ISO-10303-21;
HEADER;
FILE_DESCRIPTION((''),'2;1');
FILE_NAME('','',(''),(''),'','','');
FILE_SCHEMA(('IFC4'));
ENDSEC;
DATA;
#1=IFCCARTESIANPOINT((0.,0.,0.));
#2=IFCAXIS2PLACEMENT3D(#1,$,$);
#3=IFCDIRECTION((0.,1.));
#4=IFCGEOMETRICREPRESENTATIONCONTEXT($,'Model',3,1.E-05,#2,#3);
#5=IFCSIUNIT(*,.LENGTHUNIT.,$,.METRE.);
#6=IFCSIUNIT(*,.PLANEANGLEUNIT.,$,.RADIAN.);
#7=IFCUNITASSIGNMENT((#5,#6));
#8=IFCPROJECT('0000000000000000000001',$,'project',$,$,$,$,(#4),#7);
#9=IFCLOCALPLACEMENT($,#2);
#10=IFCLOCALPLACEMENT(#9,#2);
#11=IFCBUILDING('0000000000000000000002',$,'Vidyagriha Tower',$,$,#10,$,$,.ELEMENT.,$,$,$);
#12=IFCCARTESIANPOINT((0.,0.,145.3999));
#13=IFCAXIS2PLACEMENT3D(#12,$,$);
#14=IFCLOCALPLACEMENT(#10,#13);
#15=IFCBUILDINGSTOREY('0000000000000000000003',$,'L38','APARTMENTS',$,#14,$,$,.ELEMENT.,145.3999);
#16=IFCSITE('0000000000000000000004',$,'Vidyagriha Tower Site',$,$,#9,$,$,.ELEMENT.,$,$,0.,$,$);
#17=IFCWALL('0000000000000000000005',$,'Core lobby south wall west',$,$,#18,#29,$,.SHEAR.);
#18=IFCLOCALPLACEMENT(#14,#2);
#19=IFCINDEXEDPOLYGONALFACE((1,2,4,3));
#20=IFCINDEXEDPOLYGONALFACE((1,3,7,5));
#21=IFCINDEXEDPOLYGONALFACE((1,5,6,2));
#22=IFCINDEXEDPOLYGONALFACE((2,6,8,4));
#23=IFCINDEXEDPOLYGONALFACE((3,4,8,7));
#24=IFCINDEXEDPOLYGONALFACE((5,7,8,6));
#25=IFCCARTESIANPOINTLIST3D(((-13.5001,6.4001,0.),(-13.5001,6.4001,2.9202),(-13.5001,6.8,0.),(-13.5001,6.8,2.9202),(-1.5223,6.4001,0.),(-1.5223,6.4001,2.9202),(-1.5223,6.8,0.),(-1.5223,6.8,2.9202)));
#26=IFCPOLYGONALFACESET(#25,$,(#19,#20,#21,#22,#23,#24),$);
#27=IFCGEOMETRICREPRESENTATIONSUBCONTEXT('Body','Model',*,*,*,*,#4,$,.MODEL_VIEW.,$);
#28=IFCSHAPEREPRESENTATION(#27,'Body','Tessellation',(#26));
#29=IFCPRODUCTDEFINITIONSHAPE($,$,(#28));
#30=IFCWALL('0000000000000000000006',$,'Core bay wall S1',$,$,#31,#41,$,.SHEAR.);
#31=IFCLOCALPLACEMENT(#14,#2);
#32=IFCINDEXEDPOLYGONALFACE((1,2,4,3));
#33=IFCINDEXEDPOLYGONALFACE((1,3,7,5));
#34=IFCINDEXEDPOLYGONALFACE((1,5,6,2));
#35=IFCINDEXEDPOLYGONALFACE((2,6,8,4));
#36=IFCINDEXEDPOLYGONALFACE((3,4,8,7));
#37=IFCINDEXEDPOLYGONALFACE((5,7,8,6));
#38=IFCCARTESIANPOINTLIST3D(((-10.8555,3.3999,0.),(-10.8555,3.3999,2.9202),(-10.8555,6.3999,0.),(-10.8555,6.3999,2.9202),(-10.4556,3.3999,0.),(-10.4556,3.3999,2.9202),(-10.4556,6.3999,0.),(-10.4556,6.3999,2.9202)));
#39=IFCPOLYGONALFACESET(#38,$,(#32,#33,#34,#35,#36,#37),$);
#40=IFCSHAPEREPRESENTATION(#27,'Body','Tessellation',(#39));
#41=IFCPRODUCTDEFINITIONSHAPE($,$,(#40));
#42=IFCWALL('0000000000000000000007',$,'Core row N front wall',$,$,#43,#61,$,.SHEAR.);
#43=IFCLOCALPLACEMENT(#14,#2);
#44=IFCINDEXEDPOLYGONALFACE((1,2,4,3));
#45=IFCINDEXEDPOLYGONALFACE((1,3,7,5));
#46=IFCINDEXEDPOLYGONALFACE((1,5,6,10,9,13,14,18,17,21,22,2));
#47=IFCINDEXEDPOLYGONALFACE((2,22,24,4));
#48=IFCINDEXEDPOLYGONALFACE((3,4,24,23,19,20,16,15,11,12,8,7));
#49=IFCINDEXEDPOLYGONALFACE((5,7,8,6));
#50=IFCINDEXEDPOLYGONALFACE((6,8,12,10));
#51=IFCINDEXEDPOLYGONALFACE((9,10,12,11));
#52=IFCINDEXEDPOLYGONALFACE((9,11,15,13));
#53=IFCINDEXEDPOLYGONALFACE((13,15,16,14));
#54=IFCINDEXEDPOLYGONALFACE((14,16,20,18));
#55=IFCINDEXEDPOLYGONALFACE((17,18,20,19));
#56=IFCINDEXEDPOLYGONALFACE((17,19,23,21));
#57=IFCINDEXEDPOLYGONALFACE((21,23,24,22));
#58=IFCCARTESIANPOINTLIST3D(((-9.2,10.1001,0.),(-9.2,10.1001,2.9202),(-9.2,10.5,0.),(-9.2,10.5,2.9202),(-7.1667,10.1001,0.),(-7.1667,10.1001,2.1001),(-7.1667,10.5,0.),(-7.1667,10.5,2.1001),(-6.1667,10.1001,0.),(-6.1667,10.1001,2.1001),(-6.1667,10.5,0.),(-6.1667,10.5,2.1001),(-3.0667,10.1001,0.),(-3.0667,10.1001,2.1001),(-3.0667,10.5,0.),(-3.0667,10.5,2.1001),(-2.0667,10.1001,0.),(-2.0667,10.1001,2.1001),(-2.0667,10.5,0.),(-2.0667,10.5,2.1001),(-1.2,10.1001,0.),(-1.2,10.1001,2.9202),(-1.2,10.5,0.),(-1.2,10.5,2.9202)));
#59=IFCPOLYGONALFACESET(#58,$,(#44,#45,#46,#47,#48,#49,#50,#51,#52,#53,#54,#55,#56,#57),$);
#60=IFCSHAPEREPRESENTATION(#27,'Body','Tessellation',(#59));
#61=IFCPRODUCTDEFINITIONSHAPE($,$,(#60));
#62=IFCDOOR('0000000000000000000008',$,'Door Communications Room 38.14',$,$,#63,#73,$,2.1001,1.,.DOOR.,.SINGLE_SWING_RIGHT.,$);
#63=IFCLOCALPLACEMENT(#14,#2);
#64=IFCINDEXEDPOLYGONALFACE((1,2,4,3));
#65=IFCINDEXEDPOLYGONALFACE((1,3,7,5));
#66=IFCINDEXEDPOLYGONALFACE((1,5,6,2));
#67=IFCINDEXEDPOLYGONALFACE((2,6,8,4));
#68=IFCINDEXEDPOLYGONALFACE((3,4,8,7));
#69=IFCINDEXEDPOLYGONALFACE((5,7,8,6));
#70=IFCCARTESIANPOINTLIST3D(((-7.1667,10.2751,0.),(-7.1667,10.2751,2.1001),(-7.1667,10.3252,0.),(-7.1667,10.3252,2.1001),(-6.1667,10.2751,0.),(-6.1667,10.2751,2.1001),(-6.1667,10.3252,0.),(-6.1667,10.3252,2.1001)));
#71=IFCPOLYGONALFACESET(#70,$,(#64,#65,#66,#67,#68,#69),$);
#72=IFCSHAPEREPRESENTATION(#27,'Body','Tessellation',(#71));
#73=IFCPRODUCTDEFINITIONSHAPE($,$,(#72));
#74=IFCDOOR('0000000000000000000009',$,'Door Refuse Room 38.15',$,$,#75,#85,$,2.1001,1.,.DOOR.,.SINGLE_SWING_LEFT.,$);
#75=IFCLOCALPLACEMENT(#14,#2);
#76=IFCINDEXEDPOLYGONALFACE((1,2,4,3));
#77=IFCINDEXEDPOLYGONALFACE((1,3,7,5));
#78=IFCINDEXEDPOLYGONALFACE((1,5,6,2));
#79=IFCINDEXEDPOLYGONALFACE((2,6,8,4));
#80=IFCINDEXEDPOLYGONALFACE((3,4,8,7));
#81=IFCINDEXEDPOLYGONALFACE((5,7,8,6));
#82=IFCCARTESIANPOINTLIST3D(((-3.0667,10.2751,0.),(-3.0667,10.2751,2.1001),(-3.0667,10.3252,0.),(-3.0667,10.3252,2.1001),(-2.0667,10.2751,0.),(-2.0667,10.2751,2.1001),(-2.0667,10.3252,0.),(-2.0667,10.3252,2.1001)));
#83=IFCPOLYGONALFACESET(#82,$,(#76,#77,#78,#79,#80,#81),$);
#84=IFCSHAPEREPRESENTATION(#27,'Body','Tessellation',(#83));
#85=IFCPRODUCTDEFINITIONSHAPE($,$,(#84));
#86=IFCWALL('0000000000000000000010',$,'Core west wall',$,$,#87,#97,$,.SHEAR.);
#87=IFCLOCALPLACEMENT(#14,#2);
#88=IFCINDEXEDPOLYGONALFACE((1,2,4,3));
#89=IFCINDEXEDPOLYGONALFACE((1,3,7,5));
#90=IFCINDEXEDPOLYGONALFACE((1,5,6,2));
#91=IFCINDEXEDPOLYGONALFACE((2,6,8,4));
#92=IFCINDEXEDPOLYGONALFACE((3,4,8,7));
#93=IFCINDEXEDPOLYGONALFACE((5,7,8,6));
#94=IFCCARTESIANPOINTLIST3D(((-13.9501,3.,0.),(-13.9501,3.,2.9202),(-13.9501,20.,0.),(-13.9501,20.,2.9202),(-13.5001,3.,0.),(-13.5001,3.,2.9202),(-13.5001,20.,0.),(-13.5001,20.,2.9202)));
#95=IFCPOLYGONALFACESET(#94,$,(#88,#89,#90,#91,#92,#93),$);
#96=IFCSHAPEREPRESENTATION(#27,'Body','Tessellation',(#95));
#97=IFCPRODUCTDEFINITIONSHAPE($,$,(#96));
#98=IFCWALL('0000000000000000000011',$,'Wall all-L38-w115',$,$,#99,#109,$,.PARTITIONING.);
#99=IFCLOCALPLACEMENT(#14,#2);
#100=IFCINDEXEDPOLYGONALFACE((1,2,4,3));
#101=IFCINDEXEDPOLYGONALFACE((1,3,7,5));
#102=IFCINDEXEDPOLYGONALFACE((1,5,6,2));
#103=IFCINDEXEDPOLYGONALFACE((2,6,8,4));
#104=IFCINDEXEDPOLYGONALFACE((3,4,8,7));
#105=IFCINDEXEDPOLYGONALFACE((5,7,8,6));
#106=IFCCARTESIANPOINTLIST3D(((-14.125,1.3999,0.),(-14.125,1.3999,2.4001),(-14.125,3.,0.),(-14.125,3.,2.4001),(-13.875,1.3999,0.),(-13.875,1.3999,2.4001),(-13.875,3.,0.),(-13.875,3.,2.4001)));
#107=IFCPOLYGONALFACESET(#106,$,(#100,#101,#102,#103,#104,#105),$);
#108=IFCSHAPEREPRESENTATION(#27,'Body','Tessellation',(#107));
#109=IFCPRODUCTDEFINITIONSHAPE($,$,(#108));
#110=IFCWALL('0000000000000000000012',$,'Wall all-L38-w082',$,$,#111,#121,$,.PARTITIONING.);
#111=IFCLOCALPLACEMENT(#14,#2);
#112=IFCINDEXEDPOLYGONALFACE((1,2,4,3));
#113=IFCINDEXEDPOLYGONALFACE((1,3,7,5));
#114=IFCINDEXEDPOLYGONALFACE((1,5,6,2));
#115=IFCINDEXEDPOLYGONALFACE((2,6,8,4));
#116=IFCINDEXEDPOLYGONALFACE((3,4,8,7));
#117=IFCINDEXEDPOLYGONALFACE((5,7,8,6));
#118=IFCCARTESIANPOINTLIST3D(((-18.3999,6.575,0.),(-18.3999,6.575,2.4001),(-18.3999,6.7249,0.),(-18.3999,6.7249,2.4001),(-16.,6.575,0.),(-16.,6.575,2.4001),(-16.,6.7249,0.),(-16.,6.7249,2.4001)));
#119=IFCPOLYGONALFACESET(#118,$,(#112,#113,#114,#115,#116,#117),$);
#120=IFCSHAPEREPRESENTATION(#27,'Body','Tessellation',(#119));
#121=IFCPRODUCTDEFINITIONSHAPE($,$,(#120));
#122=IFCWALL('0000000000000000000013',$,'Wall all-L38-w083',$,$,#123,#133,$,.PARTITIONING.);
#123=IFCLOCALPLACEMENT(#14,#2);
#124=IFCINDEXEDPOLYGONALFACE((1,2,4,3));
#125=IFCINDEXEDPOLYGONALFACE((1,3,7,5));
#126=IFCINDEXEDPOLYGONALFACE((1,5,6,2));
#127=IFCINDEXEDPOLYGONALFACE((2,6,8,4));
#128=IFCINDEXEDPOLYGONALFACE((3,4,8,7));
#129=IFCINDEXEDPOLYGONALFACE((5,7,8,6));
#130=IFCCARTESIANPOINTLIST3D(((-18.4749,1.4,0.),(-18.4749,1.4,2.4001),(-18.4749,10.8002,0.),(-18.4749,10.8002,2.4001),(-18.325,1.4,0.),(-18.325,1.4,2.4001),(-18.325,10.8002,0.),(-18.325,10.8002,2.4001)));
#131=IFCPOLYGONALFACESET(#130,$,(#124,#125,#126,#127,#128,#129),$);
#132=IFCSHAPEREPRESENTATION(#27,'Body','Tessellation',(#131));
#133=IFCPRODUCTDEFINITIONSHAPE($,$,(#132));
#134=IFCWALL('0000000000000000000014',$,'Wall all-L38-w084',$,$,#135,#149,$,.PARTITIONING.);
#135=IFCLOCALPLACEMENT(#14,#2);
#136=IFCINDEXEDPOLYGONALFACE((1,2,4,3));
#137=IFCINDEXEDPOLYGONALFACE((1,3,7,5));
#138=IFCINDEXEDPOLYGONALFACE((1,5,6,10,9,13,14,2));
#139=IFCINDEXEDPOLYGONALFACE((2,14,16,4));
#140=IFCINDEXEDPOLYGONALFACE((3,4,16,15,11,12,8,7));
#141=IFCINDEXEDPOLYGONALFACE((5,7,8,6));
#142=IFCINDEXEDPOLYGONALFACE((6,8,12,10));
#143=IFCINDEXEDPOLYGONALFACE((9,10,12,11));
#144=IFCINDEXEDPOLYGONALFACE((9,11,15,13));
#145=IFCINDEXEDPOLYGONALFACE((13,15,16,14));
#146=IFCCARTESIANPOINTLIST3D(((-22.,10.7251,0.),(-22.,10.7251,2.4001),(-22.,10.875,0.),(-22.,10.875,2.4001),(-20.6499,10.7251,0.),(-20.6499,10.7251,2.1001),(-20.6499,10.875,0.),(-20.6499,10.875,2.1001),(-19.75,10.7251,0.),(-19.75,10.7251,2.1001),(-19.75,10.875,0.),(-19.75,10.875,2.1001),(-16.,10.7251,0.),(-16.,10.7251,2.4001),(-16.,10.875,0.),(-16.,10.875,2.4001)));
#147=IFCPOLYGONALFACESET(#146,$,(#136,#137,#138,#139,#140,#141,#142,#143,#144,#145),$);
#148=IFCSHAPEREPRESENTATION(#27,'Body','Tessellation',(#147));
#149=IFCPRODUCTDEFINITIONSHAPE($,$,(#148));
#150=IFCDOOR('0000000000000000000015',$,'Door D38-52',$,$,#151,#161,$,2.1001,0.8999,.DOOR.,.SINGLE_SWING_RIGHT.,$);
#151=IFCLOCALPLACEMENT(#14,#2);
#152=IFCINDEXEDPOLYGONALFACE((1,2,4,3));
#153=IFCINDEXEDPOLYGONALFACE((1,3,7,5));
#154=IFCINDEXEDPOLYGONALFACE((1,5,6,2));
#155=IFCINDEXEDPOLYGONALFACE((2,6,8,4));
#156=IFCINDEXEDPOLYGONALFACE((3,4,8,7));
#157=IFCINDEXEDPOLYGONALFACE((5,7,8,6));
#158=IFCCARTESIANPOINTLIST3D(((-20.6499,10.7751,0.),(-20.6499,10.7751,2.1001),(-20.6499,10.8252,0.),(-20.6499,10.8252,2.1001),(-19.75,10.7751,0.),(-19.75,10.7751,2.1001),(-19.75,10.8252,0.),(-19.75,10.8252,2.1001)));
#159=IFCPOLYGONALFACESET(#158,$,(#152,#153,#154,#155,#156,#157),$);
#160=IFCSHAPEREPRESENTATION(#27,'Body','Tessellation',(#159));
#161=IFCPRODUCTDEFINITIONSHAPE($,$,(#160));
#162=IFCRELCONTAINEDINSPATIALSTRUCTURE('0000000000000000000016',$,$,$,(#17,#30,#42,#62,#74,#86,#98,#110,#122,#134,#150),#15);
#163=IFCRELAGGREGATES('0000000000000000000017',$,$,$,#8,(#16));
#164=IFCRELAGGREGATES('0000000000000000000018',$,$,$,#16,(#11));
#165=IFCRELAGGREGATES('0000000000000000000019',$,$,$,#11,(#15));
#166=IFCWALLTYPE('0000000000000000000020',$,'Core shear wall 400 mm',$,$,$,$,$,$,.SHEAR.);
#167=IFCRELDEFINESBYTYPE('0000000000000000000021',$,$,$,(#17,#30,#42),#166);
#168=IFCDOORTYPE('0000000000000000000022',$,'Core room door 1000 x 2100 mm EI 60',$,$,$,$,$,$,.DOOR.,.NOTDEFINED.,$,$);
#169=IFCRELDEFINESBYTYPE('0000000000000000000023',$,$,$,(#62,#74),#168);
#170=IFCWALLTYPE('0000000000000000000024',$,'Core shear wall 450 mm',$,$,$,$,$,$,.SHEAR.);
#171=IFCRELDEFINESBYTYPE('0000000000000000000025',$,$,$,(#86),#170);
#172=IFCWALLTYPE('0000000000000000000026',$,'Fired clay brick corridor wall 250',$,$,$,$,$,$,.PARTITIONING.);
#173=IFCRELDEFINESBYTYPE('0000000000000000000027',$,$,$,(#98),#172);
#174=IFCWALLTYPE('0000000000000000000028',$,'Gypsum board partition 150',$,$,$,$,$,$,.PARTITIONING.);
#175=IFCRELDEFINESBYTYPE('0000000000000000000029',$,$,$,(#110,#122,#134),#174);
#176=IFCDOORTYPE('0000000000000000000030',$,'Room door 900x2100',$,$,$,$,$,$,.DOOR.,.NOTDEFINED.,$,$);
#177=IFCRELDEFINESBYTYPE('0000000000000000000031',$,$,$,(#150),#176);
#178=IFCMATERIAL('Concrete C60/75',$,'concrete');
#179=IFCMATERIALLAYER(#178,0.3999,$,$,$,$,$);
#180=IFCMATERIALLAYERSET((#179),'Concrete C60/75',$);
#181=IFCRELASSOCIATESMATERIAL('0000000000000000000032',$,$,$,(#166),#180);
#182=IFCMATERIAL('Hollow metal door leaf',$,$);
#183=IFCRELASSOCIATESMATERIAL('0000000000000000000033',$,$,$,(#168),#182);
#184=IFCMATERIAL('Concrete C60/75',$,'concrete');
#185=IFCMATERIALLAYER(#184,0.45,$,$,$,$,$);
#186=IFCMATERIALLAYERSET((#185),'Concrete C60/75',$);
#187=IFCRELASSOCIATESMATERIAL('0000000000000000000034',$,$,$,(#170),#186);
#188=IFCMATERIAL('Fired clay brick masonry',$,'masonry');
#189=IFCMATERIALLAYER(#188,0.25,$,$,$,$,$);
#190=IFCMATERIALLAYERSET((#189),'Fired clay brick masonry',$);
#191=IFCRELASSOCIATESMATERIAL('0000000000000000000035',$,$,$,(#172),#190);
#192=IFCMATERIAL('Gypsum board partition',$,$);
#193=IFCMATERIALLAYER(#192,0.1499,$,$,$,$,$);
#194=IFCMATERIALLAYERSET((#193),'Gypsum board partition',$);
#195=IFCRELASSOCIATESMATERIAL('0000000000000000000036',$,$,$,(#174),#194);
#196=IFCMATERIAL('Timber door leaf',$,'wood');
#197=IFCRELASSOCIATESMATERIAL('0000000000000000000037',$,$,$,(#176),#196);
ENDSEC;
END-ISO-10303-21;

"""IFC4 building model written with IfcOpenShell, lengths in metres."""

from ifc_helpers import new_model, si_unit, direction, frame, frame_2d, origin, place, context, subcontext, project, spatial, rectangle, extrude, material, layer, layer_set, type_object, element, fill, save


model = new_model("IFC4")

# Units and contexts
model_context = context("Model", 3, precision=1e-05, world=origin(), true_north=direction((0.0, 1.0)))
body_context = subcontext(model_context, "Body", "Model", "MODEL_VIEW")
ifc_project = project(units=[si_unit("LENGTHUNIT", "METRE"), si_unit("PLANEANGLEUNIT", "RADIAN")], contexts=[model_context])

# Site, building, storey
site_placement = place(None, origin())
site = spatial("IfcSite", under=ifc_project, at=site_placement, Name="Vidyagriha Tower Site", CompositionType="ELEMENT", RefElevation=0.0)
building_placement = place(site_placement, origin())
building = spatial("IfcBuilding", under=site, at=building_placement, Name="Vidyagriha Tower", CompositionType="ELEMENT")
storey_placement = place(building_placement, frame((0.0, 0.0, 145.3999)))
storey = spatial("IfcBuildingStorey", under=building, at=storey_placement, Name="L38", Description="APARTMENTS", CompositionType="ELEMENT", Elevation=145.3999)

# Shared definitions
ifc_material_1 = material(Name="Concrete C60/75", Category="concrete")
ifc_layer_1 = layer(ifc_material_1, 0.3999)
ifc_layer_set_1 = layer_set([ifc_layer_1], Name="Concrete C60/75")
wall_type_1 = type_object("IfcWallType", Name="Core shear wall 400 mm", PredefinedType="SHEAR", material=ifc_layer_set_1)
ifc_material_2 = material(Name="Hollow metal door leaf")
door_type_1 = type_object("IfcDoorType", Name="Core room door 1000 x 2100 mm EI 60", OperationType="NOTDEFINED", PredefinedType="DOOR", material=ifc_material_2)

# Walls
wall_1_placement = place(storey_placement, frame((-13.5, 6.6001, 0.0)))
element("IfcWall", 1, at=wall_1_placement, inside=storey, type_object=wall_type_1, Name="Core lobby south wall west", PredefinedType="SHEAR", context=body_context, shape_type="SweptSolid", body=[
    extrude(rectangle(XDim=11.9778, YDim=0.3999, at=frame_2d((5.9888, 0.0))), origin(), (0.0, 0.0, 1.0), 2.9202),
])
wall_2_placement = place(storey_placement, frame((-10.6555, 3.3999, 0.0), z_axis=(0.0, 0.0, 1.0), x_axis=(0.0, 1.0, 0.0)))
element("IfcWall", 2, at=wall_2_placement, inside=storey, type_object=wall_type_1, Name="Core bay wall S1", PredefinedType="SHEAR", context=body_context, shape_type="SweptSolid", body=[
    extrude(rectangle(XDim=3.0, YDim=0.3999, at=frame_2d((1.5, 0.0))), origin(), (0.0, 0.0, 1.0), 2.9202),
])

# Wall, openings, doors
wall_3_placement = place(storey_placement, frame((-9.2, 10.3, 0.0)))
wall_3 = element("IfcWall", 3, at=wall_3_placement, inside=storey, type_object=wall_type_1, Name="Core row N front wall", PredefinedType="SHEAR", context=body_context, shape_type="SweptSolid", body=[
    extrude(rectangle(XDim=8.0, YDim=0.3999, at=frame_2d((4.0, 0.0))), origin(), (0.0, 0.0, 1.0), 2.9202),
])
opening_1_placement = place(wall_3_placement, frame((2.0332, 0.0, 0.0)))
opening_1 = element("IfcOpeningElement", 4, at=opening_1_placement, cuts=wall_3, PredefinedType="OPENING", context=body_context, shape_type="SweptSolid", body=[
    extrude(rectangle(XDim=1.0, YDim=2.1001, at=frame_2d((0.5, 1.05))), frame((0.0, 0.21, 0.0), z_axis=(0.0, -1.0, 0.0), x_axis=(1.0, 0.0, 0.0)), (0.0, 0.0, 1.0), 0.4199),
])
opening_2_placement = place(wall_3_placement, frame((6.1333, 0.0, 0.0)))
opening_2 = element("IfcOpeningElement", 5, at=opening_2_placement, cuts=wall_3, PredefinedType="OPENING", context=body_context, shape_type="SweptSolid", body=[
    extrude(rectangle(XDim=1.0, YDim=2.1001, at=frame_2d((0.5, 1.05))), frame((0.0, 0.21, 0.0), z_axis=(0.0, -1.0, 0.0), x_axis=(1.0, 0.0, 0.0)), (0.0, 0.0, 1.0), 0.4199),
])
door_1_placement = place(opening_1_placement, frame((1.0, 0.0, 0.0), z_axis=(0.0, 0.0, 1.0), x_axis=(-1.0, 0.0, 0.0)))
door_1 = element("IfcDoor", 6, at=door_1_placement, inside=storey, type_object=door_type_1, Name="Door Communications Room 38.14", OperationType="SINGLE_SWING_RIGHT", OverallHeight=2.1001, OverallWidth=1.0, PredefinedType="DOOR", context=body_context, shape_type="SweptSolid", body=[
    extrude(rectangle(XDim=1.0, YDim=2.1001, at=frame_2d((0.5, 1.05))), frame((0.0, 0.0249, 0.0), z_axis=(0.0, -1.0, 0.0), x_axis=(1.0, 0.0, 0.0)), (0.0, 0.0, 1.0), 0.05),
])
fill(opening_1, door_1)
door_2_placement = place(opening_2_placement, frame((1.0, 0.0, 0.0), z_axis=(0.0, 0.0, 1.0), x_axis=(-1.0, 0.0, 0.0)))
door_2 = element("IfcDoor", 7, at=door_2_placement, inside=storey, type_object=door_type_1, Name="Door Refuse Room 38.15", OperationType="SINGLE_SWING_LEFT", OverallHeight=2.1001, OverallWidth=1.0, PredefinedType="DOOR", context=body_context, shape_type="SweptSolid", body=[
    extrude(rectangle(XDim=1.0, YDim=2.1001, at=frame_2d((0.5, 1.05))), frame((0.0, 0.0249, 0.0), z_axis=(0.0, -1.0, 0.0), x_axis=(1.0, 0.0, 0.0)), (0.0, 0.0, 1.0), 0.05),
])
fill(opening_2, door_2)

# Walls
ifc_material_3 = material(Name="Concrete C60/75", Category="concrete")
ifc_layer_2 = layer(ifc_material_3, 0.45)
ifc_layer_set_2 = layer_set([ifc_layer_2], Name="Concrete C60/75")
wall_type_2 = type_object("IfcWallType", Name="Core shear wall 450 mm", PredefinedType="SHEAR", material=ifc_layer_set_2)
wall_4_placement = place(storey_placement, frame((-13.7251, 3.0, 0.0), z_axis=(0.0, 0.0, 1.0), x_axis=(0.0, 1.0, 0.0)))
element("IfcWall", 8, at=wall_4_placement, inside=storey, type_object=wall_type_2, Name="Core west wall", PredefinedType="SHEAR", context=body_context, shape_type="SweptSolid", body=[
    extrude(rectangle(XDim=17.0, YDim=0.45, at=frame_2d((8.5, 0.0))), origin(), (0.0, 0.0, 1.0), 2.9202),
])
ifc_material_4 = material(Name="Fired clay brick masonry", Category="masonry")
ifc_layer_3 = layer(ifc_material_4, 0.25)
ifc_layer_set_3 = layer_set([ifc_layer_3], Name="Fired clay brick masonry")
wall_type_3 = type_object("IfcWallType", Name="Fired clay brick corridor wall 250", PredefinedType="PARTITIONING", material=ifc_layer_set_3)
wall_5_placement = place(storey_placement, frame((-14.0, 3.0, 0.0), z_axis=(0.0, 0.0, 1.0), x_axis=(0.0, -1.0, 0.0)))
element("IfcWall", 9, at=wall_5_placement, inside=storey, type_object=wall_type_3, Name="Wall all-L38-w115", PredefinedType="PARTITIONING", context=body_context, shape_type="SweptSolid", body=[
    extrude(rectangle(XDim=1.6001, YDim=0.25, at=frame_2d((0.8, 0.0))), origin(), (0.0, 0.0, 1.0), 2.4001),
])
ifc_material_5 = material(Name="Gypsum board partition")
ifc_layer_4 = layer(ifc_material_5, 0.1499)
ifc_layer_set_4 = layer_set([ifc_layer_4], Name="Gypsum board partition")
wall_type_4 = type_object("IfcWallType", Name="Gypsum board partition 150", PredefinedType="PARTITIONING", material=ifc_layer_set_4)
wall_6_placement = place(storey_placement, frame((-18.3999, 6.6499, 0.0)))
element("IfcWall", 10, at=wall_6_placement, inside=storey, type_object=wall_type_4, Name="Wall all-L38-w082", PredefinedType="PARTITIONING", context=body_context, shape_type="SweptSolid", body=[
    extrude(rectangle(XDim=2.3999, YDim=0.1499, at=frame_2d((1.2, 0.0))), origin(), (0.0, 0.0, 1.0), 2.4001),
])
wall_7_placement = place(storey_placement, frame((-18.3999, 1.3999, 0.0), z_axis=(0.0, 0.0, 1.0), x_axis=(0.0, 1.0, 0.0)))
element("IfcWall", 11, at=wall_7_placement, inside=storey, type_object=wall_type_4, Name="Wall all-L38-w083", PredefinedType="PARTITIONING", context=body_context, shape_type="SweptSolid", body=[
    extrude(rectangle(XDim=9.4001, YDim=0.1499, at=frame_2d((4.7002, 0.0))), origin(), (0.0, 0.0, 1.0), 2.4001),
])

# Wall, opening, door
wall_8_placement = place(storey_placement, frame((-16.0, 10.8, 0.0), z_axis=(0.0, 0.0, 1.0), x_axis=(-1.0, 0.0, 0.0)))
wall_8 = element("IfcWall", 12, at=wall_8_placement, inside=storey, type_object=wall_type_4, Name="Wall all-L38-w084", PredefinedType="PARTITIONING", context=body_context, shape_type="SweptSolid", body=[
    extrude(rectangle(XDim=6.0, YDim=0.1499, at=frame_2d((3.0, 0.0))), origin(), (0.0, 0.0, 1.0), 2.4001),
])
opening_3_placement = place(wall_8_placement, frame((3.75, 0.0, 0.0)))
opening_3 = element("IfcOpeningElement", 13, at=opening_3_placement, cuts=wall_8, PredefinedType="OPENING", context=body_context, shape_type="SweptSolid", body=[
    extrude(rectangle(XDim=0.8999, YDim=2.1001, at=frame_2d((0.45, 1.05))), frame((0.0, 0.085, 0.0), z_axis=(0.0, -1.0, 0.0), x_axis=(1.0, 0.0, 0.0)), (0.0, 0.0, 1.0), 0.1699),
])
ifc_material_6 = material(Name="Timber door leaf", Category="wood")
door_type_2 = type_object("IfcDoorType", Name="Room door 900x2100", OperationType="NOTDEFINED", PredefinedType="DOOR", material=ifc_material_6)
door_3_placement = place(opening_3_placement, origin())
door_3 = element("IfcDoor", 14, at=door_3_placement, inside=storey, type_object=door_type_2, Name="Door D38-52", OperationType="SINGLE_SWING_RIGHT", OverallHeight=2.1001, OverallWidth=0.8999, PredefinedType="DOOR", context=body_context, shape_type="SweptSolid", body=[
    extrude(rectangle(XDim=0.8999, YDim=2.1001, at=frame_2d((0.45, 1.05))), frame((0.0, 0.0249, 0.0), z_axis=(0.0, -1.0, 0.0), x_axis=(1.0, 0.0, 0.0)), (0.0, 0.0, 1.0), 0.05),
])
fill(opening_3, door_3)

save(model, "model.ifc")
